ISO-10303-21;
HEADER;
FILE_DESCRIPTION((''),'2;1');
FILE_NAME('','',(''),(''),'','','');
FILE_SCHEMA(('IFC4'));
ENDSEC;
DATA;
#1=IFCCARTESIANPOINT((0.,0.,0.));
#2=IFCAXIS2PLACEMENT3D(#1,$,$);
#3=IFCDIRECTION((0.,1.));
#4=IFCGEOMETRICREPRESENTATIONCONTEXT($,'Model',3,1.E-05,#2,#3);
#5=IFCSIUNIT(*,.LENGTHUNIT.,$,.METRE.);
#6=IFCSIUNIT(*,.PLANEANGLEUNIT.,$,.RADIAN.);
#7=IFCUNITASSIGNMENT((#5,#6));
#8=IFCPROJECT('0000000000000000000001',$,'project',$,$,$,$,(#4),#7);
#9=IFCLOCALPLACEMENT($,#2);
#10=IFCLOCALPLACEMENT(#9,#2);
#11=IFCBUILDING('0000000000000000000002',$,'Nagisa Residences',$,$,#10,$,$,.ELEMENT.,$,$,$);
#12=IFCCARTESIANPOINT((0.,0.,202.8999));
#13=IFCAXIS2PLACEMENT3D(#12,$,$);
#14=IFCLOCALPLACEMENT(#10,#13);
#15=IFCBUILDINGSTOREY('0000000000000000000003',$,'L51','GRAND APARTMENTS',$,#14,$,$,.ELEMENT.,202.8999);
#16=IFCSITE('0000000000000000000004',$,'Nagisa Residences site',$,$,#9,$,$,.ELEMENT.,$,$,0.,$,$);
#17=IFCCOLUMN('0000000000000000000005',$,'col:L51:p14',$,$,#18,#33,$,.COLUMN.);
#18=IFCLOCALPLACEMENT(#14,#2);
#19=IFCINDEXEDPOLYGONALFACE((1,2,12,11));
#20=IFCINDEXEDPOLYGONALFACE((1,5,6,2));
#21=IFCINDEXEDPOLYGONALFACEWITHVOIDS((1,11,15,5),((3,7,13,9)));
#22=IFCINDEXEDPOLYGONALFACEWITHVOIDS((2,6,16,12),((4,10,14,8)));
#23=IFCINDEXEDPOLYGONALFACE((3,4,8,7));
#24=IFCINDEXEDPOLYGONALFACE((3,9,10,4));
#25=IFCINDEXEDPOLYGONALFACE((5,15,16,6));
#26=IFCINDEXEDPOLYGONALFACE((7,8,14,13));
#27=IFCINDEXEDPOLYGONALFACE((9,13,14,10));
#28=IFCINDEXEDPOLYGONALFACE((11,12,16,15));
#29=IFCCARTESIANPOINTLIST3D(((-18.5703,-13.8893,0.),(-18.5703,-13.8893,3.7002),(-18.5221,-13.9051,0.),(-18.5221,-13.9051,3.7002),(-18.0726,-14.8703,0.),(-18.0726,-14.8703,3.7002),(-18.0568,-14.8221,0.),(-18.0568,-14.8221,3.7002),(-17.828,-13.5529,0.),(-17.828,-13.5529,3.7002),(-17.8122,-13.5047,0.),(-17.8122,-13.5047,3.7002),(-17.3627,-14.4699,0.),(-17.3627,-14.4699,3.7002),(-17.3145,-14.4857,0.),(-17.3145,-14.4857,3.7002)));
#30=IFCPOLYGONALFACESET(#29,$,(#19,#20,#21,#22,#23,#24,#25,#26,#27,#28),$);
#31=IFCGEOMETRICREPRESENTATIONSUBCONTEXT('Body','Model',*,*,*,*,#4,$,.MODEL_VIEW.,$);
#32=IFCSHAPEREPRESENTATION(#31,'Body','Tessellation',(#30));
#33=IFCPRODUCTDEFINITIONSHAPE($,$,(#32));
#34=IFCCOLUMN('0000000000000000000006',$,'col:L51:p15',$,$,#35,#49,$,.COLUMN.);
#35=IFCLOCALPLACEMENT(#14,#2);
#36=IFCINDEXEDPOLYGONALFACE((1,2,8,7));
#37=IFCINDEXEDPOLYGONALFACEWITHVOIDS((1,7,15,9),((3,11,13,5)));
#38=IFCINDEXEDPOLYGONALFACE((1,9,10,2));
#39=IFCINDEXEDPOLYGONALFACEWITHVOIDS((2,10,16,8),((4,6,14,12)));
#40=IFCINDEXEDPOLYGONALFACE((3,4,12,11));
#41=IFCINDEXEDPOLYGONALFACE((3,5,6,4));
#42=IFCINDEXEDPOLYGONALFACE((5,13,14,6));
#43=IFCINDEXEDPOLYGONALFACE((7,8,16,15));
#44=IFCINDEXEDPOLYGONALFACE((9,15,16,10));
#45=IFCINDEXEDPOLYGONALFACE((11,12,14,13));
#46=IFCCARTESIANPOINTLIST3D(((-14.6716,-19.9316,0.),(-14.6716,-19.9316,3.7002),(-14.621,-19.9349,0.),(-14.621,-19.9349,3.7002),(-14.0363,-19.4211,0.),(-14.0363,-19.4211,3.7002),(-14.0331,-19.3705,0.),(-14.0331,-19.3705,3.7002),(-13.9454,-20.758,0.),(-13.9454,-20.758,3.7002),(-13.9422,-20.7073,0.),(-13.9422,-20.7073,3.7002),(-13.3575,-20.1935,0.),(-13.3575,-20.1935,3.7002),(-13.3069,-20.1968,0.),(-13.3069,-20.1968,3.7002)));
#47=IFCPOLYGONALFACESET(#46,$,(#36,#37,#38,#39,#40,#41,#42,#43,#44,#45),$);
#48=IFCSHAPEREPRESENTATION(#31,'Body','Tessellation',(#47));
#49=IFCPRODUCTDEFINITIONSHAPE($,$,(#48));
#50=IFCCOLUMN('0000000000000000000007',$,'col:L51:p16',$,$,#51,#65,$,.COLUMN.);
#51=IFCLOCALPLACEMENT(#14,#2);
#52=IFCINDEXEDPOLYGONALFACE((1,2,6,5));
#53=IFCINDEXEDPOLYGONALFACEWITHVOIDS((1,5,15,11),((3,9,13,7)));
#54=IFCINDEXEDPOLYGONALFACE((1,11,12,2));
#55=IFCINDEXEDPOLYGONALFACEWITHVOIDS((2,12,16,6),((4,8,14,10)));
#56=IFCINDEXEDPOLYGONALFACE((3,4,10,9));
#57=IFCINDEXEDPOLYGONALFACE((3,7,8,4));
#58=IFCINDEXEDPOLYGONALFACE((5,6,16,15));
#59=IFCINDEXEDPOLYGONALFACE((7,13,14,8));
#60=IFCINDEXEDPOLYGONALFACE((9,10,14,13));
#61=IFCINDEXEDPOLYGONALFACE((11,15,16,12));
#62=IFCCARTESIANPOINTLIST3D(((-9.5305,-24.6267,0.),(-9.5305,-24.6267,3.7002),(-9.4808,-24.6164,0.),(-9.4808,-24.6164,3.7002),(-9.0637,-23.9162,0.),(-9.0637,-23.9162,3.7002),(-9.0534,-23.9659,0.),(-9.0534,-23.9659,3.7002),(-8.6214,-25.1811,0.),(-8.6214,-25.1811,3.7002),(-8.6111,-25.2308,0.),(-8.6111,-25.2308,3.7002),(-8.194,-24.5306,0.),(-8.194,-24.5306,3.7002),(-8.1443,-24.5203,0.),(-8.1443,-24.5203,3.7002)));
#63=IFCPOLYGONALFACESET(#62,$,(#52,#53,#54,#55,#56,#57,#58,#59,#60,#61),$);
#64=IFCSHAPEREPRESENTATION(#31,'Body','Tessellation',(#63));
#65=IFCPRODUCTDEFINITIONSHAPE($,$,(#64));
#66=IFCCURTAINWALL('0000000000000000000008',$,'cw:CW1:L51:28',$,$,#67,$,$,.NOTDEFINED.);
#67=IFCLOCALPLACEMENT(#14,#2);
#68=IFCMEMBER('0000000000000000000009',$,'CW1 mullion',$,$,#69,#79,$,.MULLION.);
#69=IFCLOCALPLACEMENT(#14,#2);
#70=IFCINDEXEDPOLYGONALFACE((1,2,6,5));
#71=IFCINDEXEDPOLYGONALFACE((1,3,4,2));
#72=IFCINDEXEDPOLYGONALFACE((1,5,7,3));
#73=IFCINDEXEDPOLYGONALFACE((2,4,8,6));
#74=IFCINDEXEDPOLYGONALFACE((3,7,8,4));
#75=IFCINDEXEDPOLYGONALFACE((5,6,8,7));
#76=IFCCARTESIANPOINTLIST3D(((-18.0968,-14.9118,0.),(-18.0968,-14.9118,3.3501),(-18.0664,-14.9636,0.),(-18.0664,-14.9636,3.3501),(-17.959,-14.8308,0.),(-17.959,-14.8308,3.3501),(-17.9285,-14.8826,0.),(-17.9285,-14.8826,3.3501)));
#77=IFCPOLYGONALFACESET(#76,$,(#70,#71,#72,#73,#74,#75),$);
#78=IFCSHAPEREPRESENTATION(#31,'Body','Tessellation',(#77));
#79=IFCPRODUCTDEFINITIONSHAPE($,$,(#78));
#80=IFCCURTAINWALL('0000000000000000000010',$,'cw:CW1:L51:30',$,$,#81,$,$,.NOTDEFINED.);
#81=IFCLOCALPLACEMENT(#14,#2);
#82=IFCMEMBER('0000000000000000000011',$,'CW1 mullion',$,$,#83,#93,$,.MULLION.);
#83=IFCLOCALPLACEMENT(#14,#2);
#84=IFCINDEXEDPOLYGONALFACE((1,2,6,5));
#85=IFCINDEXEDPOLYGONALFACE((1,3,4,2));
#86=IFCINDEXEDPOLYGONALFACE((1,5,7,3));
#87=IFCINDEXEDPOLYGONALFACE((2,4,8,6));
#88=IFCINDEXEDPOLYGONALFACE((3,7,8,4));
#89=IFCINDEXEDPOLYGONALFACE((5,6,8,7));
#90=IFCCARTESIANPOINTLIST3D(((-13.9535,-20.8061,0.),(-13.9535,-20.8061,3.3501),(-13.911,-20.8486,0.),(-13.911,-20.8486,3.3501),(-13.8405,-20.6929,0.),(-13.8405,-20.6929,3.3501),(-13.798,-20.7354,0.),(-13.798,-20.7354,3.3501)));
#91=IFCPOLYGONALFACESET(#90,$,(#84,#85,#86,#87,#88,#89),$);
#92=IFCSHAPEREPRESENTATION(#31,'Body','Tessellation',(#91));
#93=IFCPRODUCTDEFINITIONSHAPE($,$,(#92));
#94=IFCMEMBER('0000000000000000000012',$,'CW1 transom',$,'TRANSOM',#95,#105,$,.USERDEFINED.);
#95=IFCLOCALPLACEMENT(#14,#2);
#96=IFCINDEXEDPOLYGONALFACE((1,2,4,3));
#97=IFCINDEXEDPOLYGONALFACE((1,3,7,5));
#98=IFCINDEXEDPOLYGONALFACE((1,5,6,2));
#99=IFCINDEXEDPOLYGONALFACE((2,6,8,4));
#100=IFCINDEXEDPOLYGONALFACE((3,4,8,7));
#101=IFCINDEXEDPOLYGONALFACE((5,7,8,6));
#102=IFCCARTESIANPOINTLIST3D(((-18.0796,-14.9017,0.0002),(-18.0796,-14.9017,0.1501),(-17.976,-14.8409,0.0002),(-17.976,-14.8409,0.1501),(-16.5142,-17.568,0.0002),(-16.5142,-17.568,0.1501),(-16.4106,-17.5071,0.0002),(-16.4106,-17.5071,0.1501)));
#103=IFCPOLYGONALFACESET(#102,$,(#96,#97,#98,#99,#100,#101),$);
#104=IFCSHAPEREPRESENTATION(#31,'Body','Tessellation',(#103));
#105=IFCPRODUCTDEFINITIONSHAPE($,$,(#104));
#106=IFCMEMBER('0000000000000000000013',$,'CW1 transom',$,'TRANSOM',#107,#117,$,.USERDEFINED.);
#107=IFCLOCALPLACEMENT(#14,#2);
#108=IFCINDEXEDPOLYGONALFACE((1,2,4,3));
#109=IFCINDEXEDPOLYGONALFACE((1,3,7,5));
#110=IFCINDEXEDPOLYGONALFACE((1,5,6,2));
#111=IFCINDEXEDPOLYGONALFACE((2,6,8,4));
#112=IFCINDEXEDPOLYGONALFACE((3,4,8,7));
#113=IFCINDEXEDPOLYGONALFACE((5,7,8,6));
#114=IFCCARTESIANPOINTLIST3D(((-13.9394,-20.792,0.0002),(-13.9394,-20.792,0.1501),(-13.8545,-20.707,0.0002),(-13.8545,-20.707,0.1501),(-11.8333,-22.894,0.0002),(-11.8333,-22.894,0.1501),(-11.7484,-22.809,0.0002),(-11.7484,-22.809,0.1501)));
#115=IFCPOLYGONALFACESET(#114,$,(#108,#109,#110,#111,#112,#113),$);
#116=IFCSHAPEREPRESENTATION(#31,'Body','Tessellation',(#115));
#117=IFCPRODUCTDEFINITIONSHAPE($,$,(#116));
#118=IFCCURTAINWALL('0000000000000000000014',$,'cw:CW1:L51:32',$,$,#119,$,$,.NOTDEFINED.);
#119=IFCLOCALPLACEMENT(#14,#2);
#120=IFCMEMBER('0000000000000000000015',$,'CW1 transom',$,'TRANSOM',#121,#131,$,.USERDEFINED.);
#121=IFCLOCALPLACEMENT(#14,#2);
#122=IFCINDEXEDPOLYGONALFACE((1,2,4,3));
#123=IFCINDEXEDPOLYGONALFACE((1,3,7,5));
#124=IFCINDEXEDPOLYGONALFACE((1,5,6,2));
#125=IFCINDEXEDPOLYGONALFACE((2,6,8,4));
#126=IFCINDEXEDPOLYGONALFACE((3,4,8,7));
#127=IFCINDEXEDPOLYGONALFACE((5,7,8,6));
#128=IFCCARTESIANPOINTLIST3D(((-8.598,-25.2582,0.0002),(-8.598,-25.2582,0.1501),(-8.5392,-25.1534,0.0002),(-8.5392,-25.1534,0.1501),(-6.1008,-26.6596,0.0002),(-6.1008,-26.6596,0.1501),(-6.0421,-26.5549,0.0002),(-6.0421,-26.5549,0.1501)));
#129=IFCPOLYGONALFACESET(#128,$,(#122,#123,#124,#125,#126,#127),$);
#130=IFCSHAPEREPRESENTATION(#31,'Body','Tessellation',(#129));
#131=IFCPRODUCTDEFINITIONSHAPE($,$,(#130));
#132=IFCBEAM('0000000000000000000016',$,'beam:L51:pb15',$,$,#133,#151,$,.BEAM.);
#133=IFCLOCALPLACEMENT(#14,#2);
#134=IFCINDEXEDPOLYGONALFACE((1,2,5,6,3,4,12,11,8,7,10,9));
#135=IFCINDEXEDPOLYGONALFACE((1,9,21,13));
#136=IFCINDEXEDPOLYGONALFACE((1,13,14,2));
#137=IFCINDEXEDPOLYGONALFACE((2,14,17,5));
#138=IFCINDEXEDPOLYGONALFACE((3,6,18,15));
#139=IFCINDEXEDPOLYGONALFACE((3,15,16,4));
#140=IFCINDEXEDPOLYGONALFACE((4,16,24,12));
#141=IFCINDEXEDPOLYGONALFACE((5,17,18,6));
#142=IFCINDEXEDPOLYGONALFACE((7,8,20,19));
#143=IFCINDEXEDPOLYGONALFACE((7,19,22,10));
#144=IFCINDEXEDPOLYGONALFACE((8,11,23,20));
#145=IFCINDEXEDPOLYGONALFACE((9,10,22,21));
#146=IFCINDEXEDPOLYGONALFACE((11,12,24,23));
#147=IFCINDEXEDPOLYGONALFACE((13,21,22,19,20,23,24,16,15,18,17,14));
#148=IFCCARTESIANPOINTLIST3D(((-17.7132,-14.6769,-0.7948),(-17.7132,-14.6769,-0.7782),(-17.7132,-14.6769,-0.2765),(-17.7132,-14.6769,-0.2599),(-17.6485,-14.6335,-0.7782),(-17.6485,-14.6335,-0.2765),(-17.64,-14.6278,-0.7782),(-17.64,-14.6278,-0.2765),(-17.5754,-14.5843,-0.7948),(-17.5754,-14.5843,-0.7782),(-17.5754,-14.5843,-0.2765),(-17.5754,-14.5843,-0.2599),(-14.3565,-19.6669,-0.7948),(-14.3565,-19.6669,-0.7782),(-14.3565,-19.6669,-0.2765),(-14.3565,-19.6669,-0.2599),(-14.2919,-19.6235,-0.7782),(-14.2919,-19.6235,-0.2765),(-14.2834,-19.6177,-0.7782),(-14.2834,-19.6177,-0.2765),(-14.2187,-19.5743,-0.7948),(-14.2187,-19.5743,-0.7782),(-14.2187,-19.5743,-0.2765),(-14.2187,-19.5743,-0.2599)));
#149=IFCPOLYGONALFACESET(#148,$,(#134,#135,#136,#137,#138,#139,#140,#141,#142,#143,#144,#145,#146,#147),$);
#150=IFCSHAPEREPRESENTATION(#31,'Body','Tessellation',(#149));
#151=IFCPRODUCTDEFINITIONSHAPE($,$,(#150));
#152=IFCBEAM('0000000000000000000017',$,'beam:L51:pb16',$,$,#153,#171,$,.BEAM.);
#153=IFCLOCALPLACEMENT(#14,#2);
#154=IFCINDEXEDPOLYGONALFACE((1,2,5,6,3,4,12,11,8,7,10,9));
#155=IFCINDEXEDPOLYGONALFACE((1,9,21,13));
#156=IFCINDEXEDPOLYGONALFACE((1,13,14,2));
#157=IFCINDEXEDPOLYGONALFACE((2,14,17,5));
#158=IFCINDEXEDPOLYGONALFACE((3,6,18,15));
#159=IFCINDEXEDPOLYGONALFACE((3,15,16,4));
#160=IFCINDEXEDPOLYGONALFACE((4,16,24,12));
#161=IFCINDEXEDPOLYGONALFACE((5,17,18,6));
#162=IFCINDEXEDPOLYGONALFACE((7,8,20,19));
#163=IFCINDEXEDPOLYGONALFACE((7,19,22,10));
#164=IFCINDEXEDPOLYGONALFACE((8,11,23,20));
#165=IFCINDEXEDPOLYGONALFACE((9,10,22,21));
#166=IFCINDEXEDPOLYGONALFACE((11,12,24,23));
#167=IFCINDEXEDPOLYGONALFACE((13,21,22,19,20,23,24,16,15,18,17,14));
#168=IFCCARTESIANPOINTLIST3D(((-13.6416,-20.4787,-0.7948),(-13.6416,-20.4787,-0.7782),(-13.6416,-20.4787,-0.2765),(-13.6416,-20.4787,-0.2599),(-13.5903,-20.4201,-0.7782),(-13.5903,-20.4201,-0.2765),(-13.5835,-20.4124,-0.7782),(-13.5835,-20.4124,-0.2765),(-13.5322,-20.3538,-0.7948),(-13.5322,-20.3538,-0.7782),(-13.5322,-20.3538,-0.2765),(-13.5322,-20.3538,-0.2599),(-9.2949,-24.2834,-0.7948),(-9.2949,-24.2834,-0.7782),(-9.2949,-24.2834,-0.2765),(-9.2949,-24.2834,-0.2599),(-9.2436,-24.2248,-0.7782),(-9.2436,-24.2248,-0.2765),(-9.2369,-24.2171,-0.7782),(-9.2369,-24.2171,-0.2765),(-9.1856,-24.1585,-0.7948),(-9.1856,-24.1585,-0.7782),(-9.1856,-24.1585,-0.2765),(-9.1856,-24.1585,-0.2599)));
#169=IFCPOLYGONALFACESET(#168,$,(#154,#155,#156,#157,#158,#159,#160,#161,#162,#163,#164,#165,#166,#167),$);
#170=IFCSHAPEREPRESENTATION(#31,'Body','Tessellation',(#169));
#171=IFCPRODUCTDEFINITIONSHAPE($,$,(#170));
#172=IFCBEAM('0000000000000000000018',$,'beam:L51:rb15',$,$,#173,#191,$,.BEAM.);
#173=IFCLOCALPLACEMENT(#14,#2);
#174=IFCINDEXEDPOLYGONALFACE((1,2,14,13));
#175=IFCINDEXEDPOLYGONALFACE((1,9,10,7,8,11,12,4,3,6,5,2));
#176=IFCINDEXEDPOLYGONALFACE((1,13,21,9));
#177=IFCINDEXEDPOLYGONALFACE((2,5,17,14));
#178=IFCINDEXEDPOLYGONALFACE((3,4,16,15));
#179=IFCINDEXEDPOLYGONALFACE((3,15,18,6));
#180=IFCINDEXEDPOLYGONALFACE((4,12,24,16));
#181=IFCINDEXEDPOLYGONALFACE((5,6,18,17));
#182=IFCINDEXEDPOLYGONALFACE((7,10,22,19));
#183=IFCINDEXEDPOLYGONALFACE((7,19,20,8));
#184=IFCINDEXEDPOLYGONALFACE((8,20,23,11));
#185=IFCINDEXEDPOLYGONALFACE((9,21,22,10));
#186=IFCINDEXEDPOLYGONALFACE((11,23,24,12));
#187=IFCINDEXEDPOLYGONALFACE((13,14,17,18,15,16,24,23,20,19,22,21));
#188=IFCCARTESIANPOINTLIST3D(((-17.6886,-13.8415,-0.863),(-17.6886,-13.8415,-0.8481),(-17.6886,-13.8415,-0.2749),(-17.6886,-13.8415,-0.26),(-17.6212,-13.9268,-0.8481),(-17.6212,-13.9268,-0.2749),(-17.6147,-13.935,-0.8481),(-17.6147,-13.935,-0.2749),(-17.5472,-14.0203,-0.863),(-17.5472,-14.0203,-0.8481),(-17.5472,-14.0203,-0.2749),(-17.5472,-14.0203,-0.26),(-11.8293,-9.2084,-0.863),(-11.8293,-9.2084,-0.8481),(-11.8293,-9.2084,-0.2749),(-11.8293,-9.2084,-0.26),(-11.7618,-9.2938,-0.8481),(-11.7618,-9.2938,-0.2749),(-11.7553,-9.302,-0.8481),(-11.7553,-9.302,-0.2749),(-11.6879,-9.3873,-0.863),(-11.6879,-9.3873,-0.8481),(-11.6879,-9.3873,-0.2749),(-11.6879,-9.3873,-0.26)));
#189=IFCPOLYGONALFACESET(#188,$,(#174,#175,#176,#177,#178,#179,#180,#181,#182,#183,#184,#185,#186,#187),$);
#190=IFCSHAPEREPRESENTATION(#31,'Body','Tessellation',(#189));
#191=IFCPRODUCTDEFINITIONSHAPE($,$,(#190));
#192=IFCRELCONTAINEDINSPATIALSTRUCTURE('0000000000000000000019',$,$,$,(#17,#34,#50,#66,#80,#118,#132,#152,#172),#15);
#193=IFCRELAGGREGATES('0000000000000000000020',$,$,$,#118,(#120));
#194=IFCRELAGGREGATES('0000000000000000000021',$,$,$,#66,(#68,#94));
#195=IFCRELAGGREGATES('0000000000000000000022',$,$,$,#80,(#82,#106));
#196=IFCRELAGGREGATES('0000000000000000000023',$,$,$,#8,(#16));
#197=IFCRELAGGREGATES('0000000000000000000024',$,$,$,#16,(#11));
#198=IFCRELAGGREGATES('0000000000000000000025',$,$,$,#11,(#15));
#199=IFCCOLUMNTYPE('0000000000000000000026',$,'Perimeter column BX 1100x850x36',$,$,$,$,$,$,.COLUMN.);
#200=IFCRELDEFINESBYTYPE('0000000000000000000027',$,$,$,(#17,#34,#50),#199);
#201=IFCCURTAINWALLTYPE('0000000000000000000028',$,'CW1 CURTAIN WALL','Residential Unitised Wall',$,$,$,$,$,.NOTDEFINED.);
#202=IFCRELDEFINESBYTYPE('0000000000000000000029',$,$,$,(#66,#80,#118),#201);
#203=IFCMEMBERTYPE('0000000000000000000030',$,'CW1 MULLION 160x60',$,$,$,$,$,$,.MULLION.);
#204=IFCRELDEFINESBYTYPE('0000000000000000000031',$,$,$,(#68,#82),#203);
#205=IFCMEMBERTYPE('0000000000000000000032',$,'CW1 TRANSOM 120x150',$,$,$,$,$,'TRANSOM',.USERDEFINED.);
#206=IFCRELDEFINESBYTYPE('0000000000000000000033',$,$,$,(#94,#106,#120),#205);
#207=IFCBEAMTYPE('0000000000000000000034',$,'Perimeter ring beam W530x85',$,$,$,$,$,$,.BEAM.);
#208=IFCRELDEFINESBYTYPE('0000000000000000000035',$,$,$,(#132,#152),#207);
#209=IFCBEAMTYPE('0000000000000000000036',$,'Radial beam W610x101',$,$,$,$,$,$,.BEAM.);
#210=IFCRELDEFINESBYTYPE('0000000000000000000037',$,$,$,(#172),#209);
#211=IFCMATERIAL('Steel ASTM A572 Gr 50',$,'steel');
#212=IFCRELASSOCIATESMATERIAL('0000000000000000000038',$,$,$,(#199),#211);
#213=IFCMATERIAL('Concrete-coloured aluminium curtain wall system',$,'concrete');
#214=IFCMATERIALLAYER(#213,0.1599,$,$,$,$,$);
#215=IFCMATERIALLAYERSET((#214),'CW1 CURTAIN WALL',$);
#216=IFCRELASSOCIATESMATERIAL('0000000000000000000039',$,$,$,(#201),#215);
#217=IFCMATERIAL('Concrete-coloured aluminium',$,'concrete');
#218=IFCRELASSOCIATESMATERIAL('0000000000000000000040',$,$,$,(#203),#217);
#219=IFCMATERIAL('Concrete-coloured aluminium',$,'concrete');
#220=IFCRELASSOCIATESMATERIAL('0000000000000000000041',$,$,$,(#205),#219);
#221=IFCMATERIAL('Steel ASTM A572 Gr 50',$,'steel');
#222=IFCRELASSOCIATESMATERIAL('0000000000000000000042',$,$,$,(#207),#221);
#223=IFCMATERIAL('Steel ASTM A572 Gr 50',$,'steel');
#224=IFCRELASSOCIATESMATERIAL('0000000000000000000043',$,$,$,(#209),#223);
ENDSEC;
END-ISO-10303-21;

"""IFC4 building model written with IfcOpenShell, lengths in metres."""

from ifc_helpers import new_model, si_unit, direction, frame, origin, origin_2d, place, context, subcontext, project, spatial, rectangle, hollow_rectangle, i_section, extrude, material, layer, layer_set, material_profile, profile_set, type_object, element, aggregate, save


model = new_model("IFC4")

# Units and contexts
model_context = context("Model", 3, precision=1e-05, world=origin(), true_north=direction((0.0, 1.0)))
body_context = subcontext(model_context, "Body", "Model", "MODEL_VIEW")
ifc_project = project(units=[si_unit("LENGTHUNIT", "METRE"), si_unit("PLANEANGLEUNIT", "RADIAN")], contexts=[model_context])

# Site, building, storey
site_placement = place(None, origin())
site = spatial("IfcSite", under=ifc_project, at=site_placement, Name="Nagisa Residences site", CompositionType="ELEMENT", RefElevation=0.0)
building_placement = place(site_placement, origin())
building = spatial("IfcBuilding", under=site, at=building_placement, Name="Nagisa Residences", CompositionType="ELEMENT")
storey_placement = place(building_placement, frame((0.0, 0.0, 202.8999)))
storey = spatial("IfcBuildingStorey", under=building, at=storey_placement, Name="L51", Description="GRAND APARTMENTS", CompositionType="ELEMENT", Elevation=202.8999)

# Columns
ifc_material_1 = material(Name="Steel ASTM A572 Gr 50", Category="steel")
ifc_material_profile_1 = material_profile(ifc_material_1, hollow_rectangle(XDim=1.1001, YDim=0.8501, WallThickness=0.0359, at=origin_2d()), Name="BX 1100x850x36")
ifc_profile_set_1 = profile_set([ifc_material_profile_1], Name="Steel ASTM A572 Gr 50")
column_type = type_object("IfcColumnType", Name="Perimeter column BX 1100x850x36", PredefinedType="COLUMN", material=ifc_profile_set_1)
for number, where, z_axis, x_axis, name in (
    (1, (-17.9424, -14.1875, 0.0), (0.0, 0.0, 1.0), (0.452463, -0.891783, 0.0), "col:L51:p14"),
    (2, (-13.9893, -20.0642, 0.0), (0.0, 0.0, 1.0), (0.660115, -0.751165, 0.0), "col:L51:p15"),
    (3, (-8.8374, -24.5735, 0.0), (0.0, 0.0, 1.0), (0.835766, -0.549086, 0.0), "col:L51:p16"),
):
    element("IfcColumn", number, at=place(storey_placement, frame(where, z_axis=z_axis, x_axis=x_axis)), inside=storey, type_object=column_type, Name=name, PredefinedType="COLUMN", context=body_context, shape_type="SweptSolid", body=[
        extrude(hollow_rectangle(XDim=1.1001, YDim=0.8501, WallThickness=0.0359, at=origin_2d()), origin(), (0.0, 0.0, 1.0), 3.7002),
    ])

# Curtain walls, members
ifc_material_2 = material(Name="Concrete-coloured aluminium curtain wall system", Category="concrete")
ifc_layer_1 = layer(ifc_material_2, 0.1599)
ifc_layer_set_1 = layer_set([ifc_layer_1], Name="CW1 CURTAIN WALL")
curtain_wall_type = type_object("IfcCurtainWallType", Name="CW1 CURTAIN WALL", Description="Residential Unitised Wall", PredefinedType="NOTDEFINED", material=ifc_layer_set_1)
curtain_wall_1_placement = place(storey_placement, origin())
curtain_wall_1 = element("IfcCurtainWall", 4, at=curtain_wall_1_placement, inside=storey, type_object=curtain_wall_type, Name="cw:CW1:L51:28", PredefinedType="NOTDEFINED")
ifc_material_3 = material(Name="Concrete-coloured aluminium", Category="concrete")
ifc_material_profile_2 = material_profile(ifc_material_3, rectangle(XDim=0.1599, YDim=0.0601, at=origin_2d()), Name="CW1 MULLION 160x60")
ifc_profile_set_2 = profile_set([ifc_material_profile_2], Name="Concrete-coloured aluminium")
member_type_1 = type_object("IfcMemberType", Name="CW1 MULLION 160x60", PredefinedType="MULLION", material=ifc_profile_set_2)
member_1_placement = place(storey_placement, frame((-18.0127, -14.8972, 0.0), z_axis=(0.0, 0.0, 1.0), x_axis=(0.862329, 0.506349, 0.0)))
member_1 = element("IfcMember", 5, at=member_1_placement, type_object=member_type_1, Name="CW1 mullion", PredefinedType="MULLION", context=body_context, shape_type="SweptSolid", body=[
    extrude(rectangle(XDim=0.1599, YDim=0.0601, at=origin_2d()), origin(), (0.0, 0.0, 1.0), 3.3501),
])
curtain_wall_2_placement = place(storey_placement, origin())
curtain_wall_2 = element("IfcCurtainWall", 6, at=curtain_wall_2_placement, inside=storey, type_object=curtain_wall_type, Name="cw:CW1:L51:30", PredefinedType="NOTDEFINED")
member_2_placement = place(storey_placement, frame((-13.8757, -20.7708, 0.0), z_axis=(0.0, 0.0, 1.0), x_axis=(0.706377, 0.707836, 0.0)))
member_2 = element("IfcMember", 7, at=member_2_placement, type_object=member_type_1, Name="CW1 mullion", PredefinedType="MULLION", context=body_context, shape_type="SweptSolid", body=[
    extrude(rectangle(XDim=0.1599, YDim=0.0601, at=origin_2d()), origin(), (0.0, 0.0, 1.0), 3.3501),
])

# Members
ifc_material_4 = material(Name="Concrete-coloured aluminium", Category="concrete")
ifc_material_profile_3 = material_profile(ifc_material_4, rectangle(XDim=0.1201, YDim=0.1499, at=origin_2d()), Name="CW1 TRANSOM 120x150")
ifc_profile_set_3 = profile_set([ifc_material_profile_3], Name="Concrete-coloured aluminium")
member_type_2 = type_object("IfcMemberType", Name="CW1 TRANSOM 120x150", ElementType="TRANSOM", PredefinedType="USERDEFINED", material=ifc_profile_set_3)
member_3_placement = place(storey_placement, frame((-18.0278, -14.8713, 0.0752), z_axis=(0.506309, -0.862352, 0.0), x_axis=(0.862352, 0.506309, 0.0)))
member_3 = element("IfcMember", 8, at=member_3_placement, type_object=member_type_2, Name="CW1 transom", ObjectType="TRANSOM", PredefinedType="USERDEFINED", context=body_context, shape_type="SweptSolid", body=[
    extrude(rectangle(XDim=0.1201, YDim=0.1499, at=origin_2d()), origin(), (0.0, 0.0, 1.0), 3.0918),
])
member_4_placement = place(storey_placement, frame((-13.897, -20.7495, 0.0752), z_axis=(0.707804, -0.706409, 0.0), x_axis=(0.706409, 0.707804, 0.0)))
member_4 = element("IfcMember", 9, at=member_4_placement, type_object=member_type_2, Name="CW1 transom", ObjectType="TRANSOM", PredefinedType="USERDEFINED", context=body_context, shape_type="SweptSolid", body=[
    extrude(rectangle(XDim=0.1201, YDim=0.1499, at=origin_2d()), origin(), (0.0, 0.0, 1.0), 2.9756),
])

# Curtain wall, member
curtain_wall_3_placement = place(storey_placement, origin())
curtain_wall_3 = element("IfcCurtainWall", 10, at=curtain_wall_3_placement, inside=storey, type_object=curtain_wall_type, Name="cw:CW1:L51:32", PredefinedType="NOTDEFINED")
member_5_placement = place(storey_placement, frame((-8.5686, -25.2058, 0.0752), z_axis=(0.872058, -0.489403, 0.0), x_axis=(0.489403, 0.872058, 0.0)))
member_5 = element("IfcMember", 11, at=member_5_placement, type_object=member_type_2, Name="CW1 transom", ObjectType="TRANSOM", PredefinedType="USERDEFINED", context=body_context, shape_type="SweptSolid", body=[
    extrude(rectangle(XDim=0.1201, YDim=0.1499, at=origin_2d()), origin(), (0.0, 0.0, 1.0), 2.8635),
])
aggregate(curtain_wall_3, [member_5])

# Beams
ifc_material_5 = material(Name="Steel ASTM A572 Gr 50", Category="steel")
ifc_material_profile_4 = material_profile(ifc_material_5, i_section(OverallWidth=0.166, OverallDepth=0.5349, WebThickness=0.0103, FlangeThickness=0.0166, at=origin_2d()), Name="W530x85")
ifc_profile_set_4 = profile_set([ifc_material_profile_4], Name="Steel ASTM A572 Gr 50")
beam_type_1 = type_object("IfcBeamType", Name="Perimeter ring beam W530x85", PredefinedType="BEAM", material=ifc_profile_set_4)
beam_1_placement = place(storey_placement, frame((-17.6443, -14.6306, -0.5273), z_axis=(0.558152, -0.829739, 0.0), x_axis=(0.829739, 0.558152, 0.0)))
element("IfcBeam", 12, at=beam_1_placement, inside=storey, type_object=beam_type_1, Name="beam:L51:pb15", PredefinedType="BEAM", context=body_context, shape_type="SweptSolid", body=[
    extrude(i_section(OverallWidth=0.166, OverallDepth=0.5349, WebThickness=0.0103, FlangeThickness=0.0166, at=origin_2d()), origin(), (0.0, 0.0, 1.0), 6.0139),
])
beam_2_placement = place(storey_placement, frame((-13.5869, -20.4163, -0.5273), z_axis=(0.752461, -0.658636, 0.0), x_axis=(0.658636, 0.752461, 0.0)))
element("IfcBeam", 13, at=beam_2_placement, inside=storey, type_object=beam_type_1, Name="beam:L51:pb16", PredefinedType="BEAM", context=body_context, shape_type="SweptSolid", body=[
    extrude(i_section(OverallWidth=0.166, OverallDepth=0.5349, WebThickness=0.0103, FlangeThickness=0.0166, at=origin_2d()), origin(), (0.0, 0.0, 1.0), 5.7766),
])
ifc_material_6 = material(Name="Steel ASTM A572 Gr 50", Category="steel")
ifc_material_profile_5 = material_profile(ifc_material_6, i_section(OverallWidth=0.228, OverallDepth=0.603, WebThickness=0.0105, FlangeThickness=0.0149, at=origin_2d()), Name="W610x101")
ifc_profile_set_5 = profile_set([ifc_material_profile_5], Name="Steel ASTM A572 Gr 50")
beam_type_2 = type_object("IfcBeamType", Name="Radial beam W610x101", PredefinedType="BEAM", material=ifc_profile_set_5)
beam_3_placement = place(storey_placement, frame((-17.6179, -13.9309, -0.5615), z_axis=(0.784412, 0.620241, 0.0), x_axis=(-0.620241, 0.784412, 0.0)))
element("IfcBeam", 14, at=beam_3_placement, inside=storey, type_object=beam_type_2, Name="beam:L51:rb15", PredefinedType="BEAM", context=body_context, shape_type="SweptSolid", body=[
    extrude(i_section(OverallWidth=0.228, OverallDepth=0.603, WebThickness=0.0105, FlangeThickness=0.0149, at=origin_2d()), origin(), (0.0, 0.0, 1.0), 7.4697),
])

aggregate(curtain_wall_1, [member_1, member_3])
aggregate(curtain_wall_2, [member_2, member_4])

save(model, "model.ifc")
